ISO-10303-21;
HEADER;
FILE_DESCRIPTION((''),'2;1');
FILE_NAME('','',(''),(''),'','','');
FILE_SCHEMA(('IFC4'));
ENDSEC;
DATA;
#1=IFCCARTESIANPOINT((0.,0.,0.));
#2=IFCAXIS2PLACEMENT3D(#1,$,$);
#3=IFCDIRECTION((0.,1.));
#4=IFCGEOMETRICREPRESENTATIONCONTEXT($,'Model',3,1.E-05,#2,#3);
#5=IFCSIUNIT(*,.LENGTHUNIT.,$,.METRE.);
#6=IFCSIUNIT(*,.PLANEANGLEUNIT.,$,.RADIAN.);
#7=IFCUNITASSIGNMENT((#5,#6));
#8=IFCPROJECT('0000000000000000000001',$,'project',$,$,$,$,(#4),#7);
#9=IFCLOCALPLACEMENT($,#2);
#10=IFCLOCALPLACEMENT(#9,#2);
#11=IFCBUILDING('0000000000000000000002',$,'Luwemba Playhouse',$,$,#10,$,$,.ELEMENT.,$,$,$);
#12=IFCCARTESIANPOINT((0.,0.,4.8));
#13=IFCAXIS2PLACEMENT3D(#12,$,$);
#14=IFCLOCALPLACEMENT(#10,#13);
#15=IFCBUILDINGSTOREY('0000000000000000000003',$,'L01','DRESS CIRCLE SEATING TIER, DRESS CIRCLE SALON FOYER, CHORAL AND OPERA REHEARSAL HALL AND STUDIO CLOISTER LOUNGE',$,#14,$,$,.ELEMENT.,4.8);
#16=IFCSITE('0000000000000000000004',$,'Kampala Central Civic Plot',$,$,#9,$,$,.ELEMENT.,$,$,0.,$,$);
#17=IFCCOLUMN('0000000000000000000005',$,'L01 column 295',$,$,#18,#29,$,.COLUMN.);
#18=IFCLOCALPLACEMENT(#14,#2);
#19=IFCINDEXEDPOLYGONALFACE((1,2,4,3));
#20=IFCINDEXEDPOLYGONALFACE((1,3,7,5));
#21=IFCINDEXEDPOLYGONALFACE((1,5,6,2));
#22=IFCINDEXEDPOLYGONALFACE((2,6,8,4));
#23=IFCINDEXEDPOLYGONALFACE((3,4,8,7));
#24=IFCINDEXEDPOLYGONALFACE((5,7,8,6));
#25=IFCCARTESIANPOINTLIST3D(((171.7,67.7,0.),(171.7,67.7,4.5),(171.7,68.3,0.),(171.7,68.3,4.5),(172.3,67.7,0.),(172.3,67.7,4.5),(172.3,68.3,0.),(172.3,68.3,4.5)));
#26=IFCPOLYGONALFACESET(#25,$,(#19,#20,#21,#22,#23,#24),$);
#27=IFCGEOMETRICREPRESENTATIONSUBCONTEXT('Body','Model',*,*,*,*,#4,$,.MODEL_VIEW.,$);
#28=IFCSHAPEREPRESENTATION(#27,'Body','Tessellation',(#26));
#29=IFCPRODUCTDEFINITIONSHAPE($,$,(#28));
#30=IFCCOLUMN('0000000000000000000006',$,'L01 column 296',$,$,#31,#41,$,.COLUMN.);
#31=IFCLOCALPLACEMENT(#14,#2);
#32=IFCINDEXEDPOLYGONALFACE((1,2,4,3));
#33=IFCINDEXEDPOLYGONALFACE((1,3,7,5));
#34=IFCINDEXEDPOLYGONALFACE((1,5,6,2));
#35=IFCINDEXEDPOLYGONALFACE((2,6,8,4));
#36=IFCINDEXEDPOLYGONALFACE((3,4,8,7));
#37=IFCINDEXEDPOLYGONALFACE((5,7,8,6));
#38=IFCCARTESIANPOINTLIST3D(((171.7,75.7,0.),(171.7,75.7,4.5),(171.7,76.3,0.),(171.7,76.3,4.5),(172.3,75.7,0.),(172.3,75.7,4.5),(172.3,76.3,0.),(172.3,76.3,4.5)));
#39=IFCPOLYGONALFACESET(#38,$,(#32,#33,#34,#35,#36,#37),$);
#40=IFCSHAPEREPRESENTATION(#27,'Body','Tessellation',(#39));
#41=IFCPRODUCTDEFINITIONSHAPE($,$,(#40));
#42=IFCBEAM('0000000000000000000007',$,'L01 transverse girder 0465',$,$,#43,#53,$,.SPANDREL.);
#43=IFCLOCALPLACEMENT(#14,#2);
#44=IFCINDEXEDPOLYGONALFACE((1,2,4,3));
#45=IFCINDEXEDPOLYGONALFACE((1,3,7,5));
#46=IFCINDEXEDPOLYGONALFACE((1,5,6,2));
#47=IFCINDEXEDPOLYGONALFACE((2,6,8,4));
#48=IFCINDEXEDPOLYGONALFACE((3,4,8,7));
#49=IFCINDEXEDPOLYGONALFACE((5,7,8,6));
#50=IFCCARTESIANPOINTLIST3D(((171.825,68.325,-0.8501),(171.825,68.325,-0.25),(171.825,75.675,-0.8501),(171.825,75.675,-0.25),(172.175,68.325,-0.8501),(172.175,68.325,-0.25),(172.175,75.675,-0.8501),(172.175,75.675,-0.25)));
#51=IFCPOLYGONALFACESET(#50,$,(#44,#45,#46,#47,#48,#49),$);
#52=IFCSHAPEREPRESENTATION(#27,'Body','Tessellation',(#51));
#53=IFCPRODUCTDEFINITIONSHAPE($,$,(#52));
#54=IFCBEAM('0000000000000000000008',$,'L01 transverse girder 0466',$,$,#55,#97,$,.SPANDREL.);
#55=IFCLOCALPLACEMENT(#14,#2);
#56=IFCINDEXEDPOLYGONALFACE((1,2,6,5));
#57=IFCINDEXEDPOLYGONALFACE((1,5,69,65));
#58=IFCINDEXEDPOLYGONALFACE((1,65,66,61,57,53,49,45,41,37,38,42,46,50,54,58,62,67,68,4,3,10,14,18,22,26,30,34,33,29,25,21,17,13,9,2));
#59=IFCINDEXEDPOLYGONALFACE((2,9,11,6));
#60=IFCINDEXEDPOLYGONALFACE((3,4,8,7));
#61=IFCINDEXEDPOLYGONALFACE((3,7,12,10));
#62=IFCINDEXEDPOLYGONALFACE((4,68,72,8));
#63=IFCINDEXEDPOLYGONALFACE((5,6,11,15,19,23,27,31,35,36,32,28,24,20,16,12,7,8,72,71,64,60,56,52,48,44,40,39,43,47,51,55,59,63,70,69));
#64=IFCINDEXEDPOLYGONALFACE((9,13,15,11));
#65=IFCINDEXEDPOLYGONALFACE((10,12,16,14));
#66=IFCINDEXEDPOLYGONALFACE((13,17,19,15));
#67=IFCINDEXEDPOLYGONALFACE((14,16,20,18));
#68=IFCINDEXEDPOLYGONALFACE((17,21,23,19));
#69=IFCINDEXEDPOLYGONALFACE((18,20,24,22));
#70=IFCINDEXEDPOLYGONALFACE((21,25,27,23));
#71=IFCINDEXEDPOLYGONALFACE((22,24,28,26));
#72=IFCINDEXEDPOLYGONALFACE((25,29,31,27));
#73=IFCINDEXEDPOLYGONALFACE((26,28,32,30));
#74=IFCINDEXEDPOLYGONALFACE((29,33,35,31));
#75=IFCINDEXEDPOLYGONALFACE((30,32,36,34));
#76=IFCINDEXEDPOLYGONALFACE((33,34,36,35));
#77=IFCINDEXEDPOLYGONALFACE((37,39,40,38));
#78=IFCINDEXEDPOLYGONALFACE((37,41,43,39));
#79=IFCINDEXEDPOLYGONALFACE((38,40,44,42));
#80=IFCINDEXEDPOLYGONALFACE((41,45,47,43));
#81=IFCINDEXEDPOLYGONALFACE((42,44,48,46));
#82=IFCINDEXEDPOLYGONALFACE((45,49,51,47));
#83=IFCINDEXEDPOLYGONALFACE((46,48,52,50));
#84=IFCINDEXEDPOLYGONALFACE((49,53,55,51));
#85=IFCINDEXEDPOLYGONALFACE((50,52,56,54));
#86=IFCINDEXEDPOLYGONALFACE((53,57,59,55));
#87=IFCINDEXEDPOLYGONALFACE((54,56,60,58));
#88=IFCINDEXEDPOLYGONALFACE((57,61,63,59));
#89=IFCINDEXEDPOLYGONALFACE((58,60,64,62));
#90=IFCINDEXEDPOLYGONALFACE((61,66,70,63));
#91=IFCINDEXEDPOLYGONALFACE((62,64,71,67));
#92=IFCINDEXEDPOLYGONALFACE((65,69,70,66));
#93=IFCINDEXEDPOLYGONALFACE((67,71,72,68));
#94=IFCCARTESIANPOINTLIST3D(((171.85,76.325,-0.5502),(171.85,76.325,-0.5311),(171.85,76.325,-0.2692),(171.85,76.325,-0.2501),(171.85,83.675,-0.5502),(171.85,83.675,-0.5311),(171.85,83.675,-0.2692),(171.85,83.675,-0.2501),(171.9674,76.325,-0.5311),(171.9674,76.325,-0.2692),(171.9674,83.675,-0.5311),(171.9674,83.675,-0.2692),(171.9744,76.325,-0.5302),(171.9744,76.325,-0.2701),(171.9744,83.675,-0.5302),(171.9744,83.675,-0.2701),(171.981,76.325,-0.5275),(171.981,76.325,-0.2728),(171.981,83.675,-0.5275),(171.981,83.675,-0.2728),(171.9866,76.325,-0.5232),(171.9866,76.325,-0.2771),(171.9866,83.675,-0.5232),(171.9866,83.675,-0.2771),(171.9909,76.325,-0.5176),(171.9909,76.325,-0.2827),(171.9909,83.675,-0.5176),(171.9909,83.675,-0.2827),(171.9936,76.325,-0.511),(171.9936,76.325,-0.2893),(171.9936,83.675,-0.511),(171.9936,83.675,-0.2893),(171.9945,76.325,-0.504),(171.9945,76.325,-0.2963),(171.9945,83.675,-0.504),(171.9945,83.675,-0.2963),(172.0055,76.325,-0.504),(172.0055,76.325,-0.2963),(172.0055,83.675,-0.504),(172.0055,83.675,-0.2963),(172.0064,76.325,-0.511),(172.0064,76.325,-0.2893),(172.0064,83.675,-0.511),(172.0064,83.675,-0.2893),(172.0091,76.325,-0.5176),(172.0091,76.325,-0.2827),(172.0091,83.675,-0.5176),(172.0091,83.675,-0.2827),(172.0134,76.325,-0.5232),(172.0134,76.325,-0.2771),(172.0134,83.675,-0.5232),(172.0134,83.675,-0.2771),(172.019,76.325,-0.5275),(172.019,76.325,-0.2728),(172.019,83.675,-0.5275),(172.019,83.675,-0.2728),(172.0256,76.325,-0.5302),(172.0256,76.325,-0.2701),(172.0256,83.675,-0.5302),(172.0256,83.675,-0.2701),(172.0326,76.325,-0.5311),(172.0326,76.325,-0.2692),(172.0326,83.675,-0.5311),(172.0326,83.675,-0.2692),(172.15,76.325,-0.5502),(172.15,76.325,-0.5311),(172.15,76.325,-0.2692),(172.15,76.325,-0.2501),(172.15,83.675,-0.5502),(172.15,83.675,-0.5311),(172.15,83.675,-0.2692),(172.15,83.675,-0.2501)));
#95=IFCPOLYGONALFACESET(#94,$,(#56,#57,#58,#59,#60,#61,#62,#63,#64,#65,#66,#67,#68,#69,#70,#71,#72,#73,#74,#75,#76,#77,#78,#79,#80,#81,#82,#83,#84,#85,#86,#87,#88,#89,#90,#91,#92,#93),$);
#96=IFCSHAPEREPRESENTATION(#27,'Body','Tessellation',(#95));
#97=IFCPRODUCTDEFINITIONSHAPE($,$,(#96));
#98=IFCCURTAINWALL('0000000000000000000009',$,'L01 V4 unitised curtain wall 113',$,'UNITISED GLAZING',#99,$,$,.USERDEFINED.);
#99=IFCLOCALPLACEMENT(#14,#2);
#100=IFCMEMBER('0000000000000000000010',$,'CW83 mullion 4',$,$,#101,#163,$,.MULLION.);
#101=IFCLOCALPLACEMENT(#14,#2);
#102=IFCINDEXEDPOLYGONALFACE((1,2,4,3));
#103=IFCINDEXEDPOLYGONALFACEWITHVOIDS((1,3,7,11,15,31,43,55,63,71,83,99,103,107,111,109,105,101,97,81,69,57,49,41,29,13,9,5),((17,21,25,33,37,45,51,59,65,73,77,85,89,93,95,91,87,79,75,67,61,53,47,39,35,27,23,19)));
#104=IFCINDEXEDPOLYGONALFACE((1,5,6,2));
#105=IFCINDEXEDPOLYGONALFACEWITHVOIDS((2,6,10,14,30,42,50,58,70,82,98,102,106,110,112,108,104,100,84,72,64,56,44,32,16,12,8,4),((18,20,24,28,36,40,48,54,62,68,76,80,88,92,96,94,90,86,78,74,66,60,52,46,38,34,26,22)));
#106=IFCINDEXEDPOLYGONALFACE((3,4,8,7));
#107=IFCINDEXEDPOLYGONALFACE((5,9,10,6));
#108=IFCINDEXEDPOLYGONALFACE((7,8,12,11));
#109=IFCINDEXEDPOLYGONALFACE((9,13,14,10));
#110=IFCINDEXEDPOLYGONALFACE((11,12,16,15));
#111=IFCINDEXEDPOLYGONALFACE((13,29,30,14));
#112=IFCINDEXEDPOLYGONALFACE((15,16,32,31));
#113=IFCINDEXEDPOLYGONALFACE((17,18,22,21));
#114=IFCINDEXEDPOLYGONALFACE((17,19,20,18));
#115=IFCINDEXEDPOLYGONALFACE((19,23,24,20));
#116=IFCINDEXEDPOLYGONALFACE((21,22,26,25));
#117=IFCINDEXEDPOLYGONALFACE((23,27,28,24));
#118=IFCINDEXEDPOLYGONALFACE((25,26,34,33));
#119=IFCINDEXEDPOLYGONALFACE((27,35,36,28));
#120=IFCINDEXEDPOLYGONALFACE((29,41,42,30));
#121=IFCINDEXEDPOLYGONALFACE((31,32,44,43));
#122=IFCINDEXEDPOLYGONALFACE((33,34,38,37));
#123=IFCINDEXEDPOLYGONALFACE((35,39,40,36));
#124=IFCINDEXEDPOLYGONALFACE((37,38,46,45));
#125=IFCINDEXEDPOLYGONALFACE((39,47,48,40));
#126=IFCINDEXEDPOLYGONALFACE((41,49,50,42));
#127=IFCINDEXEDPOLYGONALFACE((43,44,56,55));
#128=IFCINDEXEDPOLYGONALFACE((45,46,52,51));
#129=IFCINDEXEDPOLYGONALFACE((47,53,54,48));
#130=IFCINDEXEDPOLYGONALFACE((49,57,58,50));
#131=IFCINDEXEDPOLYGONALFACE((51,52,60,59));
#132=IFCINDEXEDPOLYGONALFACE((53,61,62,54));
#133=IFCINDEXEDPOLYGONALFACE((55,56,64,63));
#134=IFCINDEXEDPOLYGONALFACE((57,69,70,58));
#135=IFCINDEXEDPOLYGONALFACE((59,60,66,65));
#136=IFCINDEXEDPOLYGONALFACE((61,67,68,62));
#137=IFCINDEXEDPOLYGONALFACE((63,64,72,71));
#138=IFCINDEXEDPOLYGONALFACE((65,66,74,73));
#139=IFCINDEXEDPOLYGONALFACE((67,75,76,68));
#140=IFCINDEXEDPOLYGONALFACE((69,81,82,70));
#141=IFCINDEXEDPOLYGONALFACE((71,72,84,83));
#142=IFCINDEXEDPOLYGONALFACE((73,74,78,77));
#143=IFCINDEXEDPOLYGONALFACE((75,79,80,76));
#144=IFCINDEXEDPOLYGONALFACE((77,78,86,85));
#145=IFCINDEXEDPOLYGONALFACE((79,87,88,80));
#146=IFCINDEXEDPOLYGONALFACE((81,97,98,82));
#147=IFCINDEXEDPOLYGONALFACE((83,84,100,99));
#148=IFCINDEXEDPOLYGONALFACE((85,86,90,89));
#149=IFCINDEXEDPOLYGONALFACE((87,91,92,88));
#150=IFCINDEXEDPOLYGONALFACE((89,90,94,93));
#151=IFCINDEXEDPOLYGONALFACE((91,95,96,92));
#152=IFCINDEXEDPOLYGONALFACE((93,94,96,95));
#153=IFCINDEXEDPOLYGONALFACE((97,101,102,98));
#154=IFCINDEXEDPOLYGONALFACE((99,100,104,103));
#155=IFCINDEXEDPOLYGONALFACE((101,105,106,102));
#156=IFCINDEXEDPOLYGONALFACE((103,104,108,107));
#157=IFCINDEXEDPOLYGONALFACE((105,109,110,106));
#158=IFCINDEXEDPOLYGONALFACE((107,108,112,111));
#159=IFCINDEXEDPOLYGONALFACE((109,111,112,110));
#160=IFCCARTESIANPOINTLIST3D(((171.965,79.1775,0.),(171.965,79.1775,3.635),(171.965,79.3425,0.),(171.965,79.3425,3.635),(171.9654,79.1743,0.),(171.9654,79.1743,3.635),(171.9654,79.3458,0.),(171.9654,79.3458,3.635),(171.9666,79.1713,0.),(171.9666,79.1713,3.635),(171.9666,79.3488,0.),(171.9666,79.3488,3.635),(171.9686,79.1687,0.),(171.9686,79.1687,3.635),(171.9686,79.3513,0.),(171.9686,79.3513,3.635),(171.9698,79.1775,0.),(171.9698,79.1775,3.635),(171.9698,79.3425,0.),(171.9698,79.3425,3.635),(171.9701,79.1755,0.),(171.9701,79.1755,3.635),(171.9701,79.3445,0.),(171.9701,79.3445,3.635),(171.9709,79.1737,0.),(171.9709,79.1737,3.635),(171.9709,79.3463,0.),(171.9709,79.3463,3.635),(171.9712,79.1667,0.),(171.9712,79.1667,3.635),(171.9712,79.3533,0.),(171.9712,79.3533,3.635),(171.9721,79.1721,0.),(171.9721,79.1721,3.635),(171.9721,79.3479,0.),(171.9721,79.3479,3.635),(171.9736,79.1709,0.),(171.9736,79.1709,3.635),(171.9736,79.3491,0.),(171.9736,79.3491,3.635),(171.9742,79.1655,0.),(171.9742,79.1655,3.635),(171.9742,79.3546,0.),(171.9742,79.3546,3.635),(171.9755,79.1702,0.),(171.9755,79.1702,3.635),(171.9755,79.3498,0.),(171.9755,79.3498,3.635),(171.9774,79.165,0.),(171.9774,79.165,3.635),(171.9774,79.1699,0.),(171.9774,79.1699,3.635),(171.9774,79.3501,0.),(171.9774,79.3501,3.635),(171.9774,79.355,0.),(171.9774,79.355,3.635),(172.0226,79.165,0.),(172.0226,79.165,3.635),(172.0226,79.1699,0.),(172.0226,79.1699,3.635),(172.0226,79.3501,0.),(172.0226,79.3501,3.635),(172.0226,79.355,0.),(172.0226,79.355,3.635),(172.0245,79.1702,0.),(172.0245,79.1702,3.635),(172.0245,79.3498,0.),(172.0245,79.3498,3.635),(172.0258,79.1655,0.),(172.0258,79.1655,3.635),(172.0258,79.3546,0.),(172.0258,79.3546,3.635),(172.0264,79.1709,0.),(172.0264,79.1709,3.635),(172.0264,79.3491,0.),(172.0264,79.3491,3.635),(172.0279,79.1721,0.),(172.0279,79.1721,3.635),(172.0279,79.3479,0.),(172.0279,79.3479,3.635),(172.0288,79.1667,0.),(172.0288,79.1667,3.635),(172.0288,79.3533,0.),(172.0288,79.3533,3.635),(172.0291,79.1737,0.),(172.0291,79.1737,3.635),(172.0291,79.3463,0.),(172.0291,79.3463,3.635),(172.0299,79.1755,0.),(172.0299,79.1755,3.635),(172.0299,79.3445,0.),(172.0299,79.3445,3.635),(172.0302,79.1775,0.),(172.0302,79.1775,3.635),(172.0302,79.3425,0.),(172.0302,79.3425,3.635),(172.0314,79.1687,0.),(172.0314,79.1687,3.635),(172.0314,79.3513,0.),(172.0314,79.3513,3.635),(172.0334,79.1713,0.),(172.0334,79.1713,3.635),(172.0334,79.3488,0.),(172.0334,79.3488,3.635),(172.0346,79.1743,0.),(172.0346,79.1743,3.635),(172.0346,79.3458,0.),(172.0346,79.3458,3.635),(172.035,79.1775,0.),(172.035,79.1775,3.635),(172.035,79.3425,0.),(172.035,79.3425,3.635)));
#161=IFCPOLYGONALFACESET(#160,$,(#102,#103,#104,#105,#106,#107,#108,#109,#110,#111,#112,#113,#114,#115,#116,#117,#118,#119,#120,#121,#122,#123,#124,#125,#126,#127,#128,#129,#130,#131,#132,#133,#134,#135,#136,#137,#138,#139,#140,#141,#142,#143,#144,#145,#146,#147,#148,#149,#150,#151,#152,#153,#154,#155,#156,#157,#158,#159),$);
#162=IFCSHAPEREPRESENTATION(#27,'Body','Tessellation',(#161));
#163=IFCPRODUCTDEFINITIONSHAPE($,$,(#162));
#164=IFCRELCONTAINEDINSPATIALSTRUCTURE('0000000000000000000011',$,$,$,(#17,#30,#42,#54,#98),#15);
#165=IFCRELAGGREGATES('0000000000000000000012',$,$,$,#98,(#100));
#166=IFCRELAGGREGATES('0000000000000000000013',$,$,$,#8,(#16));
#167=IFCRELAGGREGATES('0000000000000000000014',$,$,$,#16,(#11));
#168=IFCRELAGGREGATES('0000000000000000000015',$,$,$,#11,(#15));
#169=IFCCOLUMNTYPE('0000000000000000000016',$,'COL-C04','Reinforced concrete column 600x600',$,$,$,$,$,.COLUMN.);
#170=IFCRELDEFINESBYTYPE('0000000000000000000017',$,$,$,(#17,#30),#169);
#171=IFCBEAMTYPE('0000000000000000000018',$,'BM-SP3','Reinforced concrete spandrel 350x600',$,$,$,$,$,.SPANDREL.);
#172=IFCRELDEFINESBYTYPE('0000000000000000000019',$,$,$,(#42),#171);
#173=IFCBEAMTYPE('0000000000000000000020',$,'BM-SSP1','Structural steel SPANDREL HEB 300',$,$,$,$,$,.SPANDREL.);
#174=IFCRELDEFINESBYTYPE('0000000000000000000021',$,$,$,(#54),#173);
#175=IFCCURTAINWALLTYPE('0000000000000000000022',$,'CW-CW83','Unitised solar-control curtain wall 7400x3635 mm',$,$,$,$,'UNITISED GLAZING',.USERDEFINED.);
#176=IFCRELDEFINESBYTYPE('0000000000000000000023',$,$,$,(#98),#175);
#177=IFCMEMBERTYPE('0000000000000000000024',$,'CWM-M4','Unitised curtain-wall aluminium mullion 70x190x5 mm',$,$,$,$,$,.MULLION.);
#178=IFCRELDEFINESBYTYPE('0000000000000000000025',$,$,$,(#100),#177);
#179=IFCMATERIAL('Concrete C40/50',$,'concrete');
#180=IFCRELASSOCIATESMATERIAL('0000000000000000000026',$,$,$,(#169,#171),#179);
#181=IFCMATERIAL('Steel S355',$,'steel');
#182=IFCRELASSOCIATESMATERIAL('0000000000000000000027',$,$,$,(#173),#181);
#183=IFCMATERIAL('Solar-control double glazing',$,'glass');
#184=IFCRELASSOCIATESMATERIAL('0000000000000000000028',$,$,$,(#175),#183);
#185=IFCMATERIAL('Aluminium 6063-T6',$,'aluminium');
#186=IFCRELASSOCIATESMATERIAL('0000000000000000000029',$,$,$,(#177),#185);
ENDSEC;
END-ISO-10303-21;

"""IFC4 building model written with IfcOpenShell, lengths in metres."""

from ifc_helpers import new_model, si_unit, direction, frame, origin, origin_2d, place, context, subcontext, project, spatial, rectangle, hollow_rectangle, i_section, extrude, material, material_profile, profile_set, type_object, element, aggregate, save


model = new_model("IFC4")

# Units and contexts
model_context = context("Model", 3, precision=1e-05, world=origin(), true_north=direction((0.0, 1.0)))
body_context = subcontext(model_context, "Body", "Model", "MODEL_VIEW")
ifc_project = project(units=[si_unit("LENGTHUNIT", "METRE"), si_unit("PLANEANGLEUNIT", "RADIAN")], contexts=[model_context])

# Site, building, storey
site_placement = place(None, origin())
site = spatial("IfcSite", under=ifc_project, at=site_placement, Name="Kampala Central Civic Plot", CompositionType="ELEMENT", RefElevation=0.0)
building_placement = place(site_placement, origin())
building = spatial("IfcBuilding", under=site, at=building_placement, Name="Luwemba Playhouse", CompositionType="ELEMENT")
storey_placement = place(building_placement, frame((0.0, 0.0, 4.8)))
storey = spatial("IfcBuildingStorey", under=building, at=storey_placement, Name="L01", Description="DRESS CIRCLE SEATING TIER, DRESS CIRCLE SALON FOYER, CHORAL AND OPERA REHEARSAL HALL AND STUDIO CLOISTER LOUNGE", CompositionType="ELEMENT", Elevation=4.8)

# Columns
ifc_material_1 = material(Name="Concrete C40/50", Category="concrete")
ifc_material_profile_1 = material_profile(ifc_material_1, rectangle(XDim=0.6001, YDim=0.6001, at=origin_2d()))
ifc_profile_set_1 = profile_set([ifc_material_profile_1], Name="Concrete C40/50")
column_type = type_object("IfcColumnType", Name="COL-C04", Description="Reinforced concrete column 600x600", PredefinedType="COLUMN", material=ifc_profile_set_1)
for number, where, z_axis, x_axis, name in (
    (1, (172.0, 68.0, 0.0), (0.0, 0.0, 1.0), (1.0, 0.0, 0.0), "L01 column 295"),
    (2, (172.0, 76.0, 0.0), (0.0, 0.0, 1.0), (1.0, 0.0, 0.0), "L01 column 296"),
):
    element("IfcColumn", number, at=place(storey_placement, frame(where, z_axis=z_axis, x_axis=x_axis)), inside=storey, type_object=column_type, Name=name, PredefinedType="COLUMN", context=body_context, shape_type="SweptSolid", body=[
        extrude(rectangle(XDim=0.6001, YDim=0.6001, at=origin_2d()), origin(), (0.0, 0.0, 1.0), 4.5),
    ])

# Beams
ifc_material_profile_2 = material_profile(ifc_material_1, rectangle(XDim=0.3501, YDim=0.6001, at=origin_2d()))
ifc_profile_set_2 = profile_set([ifc_material_profile_2], Name="Concrete C40/50")
beam_type_1 = type_object("IfcBeamType", Name="BM-SP3", Description="Reinforced concrete spandrel 350x600", PredefinedType="SPANDREL", material=ifc_profile_set_2)
beam_1_placement = place(storey_placement, frame((172.0, 68.325, -0.55), z_axis=(0.0, 1.0, 0.0), x_axis=(-1.0, 0.0, 0.0)))
element("IfcBeam", 3, at=beam_1_placement, inside=storey, type_object=beam_type_1, Name="L01 transverse girder 0465", PredefinedType="SPANDREL", context=body_context, shape_type="SweptSolid", body=[
    extrude(rectangle(XDim=0.3501, YDim=0.6001, at=origin_2d()), origin(), (0.0, 0.0, 1.0), 7.3501),
])
ifc_material_2 = material(Name="Steel S355", Category="steel")
ifc_material_profile_3 = material_profile(ifc_material_2, i_section(OverallWidth=0.3, OverallDepth=0.3, WebThickness=0.011, FlangeThickness=0.019, FilletRadius=0.0271, at=origin_2d()))
ifc_profile_set_3 = profile_set([ifc_material_profile_3], Name="Steel S355")
beam_type_2 = type_object("IfcBeamType", Name="BM-SSP1", Description="Structural steel SPANDREL HEB 300", PredefinedType="SPANDREL", material=ifc_profile_set_3)
beam_2_placement = place(storey_placement, frame((172.0, 76.325, -0.4001), z_axis=(0.0, 1.0, 0.0), x_axis=(-1.0, 0.0, 0.0)))
element("IfcBeam", 4, at=beam_2_placement, inside=storey, type_object=beam_type_2, Name="L01 transverse girder 0466", PredefinedType="SPANDREL", context=body_context, shape_type="SweptSolid", body=[
    extrude(i_section(OverallWidth=0.3, OverallDepth=0.3, WebThickness=0.011, FlangeThickness=0.019, FilletRadius=0.0271, at=origin_2d()), origin(), (0.0, 0.0, 1.0), 7.3501),
])

# Curtain wall, member
ifc_material_3 = material(Name="Solar-control double glazing", Category="glass")
curtain_wall_type = type_object("IfcCurtainWallType", Name="CW-CW83", Description="Unitised solar-control curtain wall 7400x3635 mm", ElementType="UNITISED GLAZING", PredefinedType="USERDEFINED", material=ifc_material_3)
curtain_wall_placement = place(storey_placement, origin())
curtain_wall = element("IfcCurtainWall", 5, at=curtain_wall_placement, inside=storey, type_object=curtain_wall_type, Name="L01 V4 unitised curtain wall 113", ObjectType="UNITISED GLAZING", PredefinedType="USERDEFINED")
ifc_material_4 = material(Name="Aluminium 6063-T6", Category="aluminium")
ifc_material_profile_4 = material_profile(ifc_material_4, hollow_rectangle(XDim=0.0701, YDim=0.1899, WallThickness=0.0049, InnerFilletRadius=0.0076, OuterFilletRadius=0.0125, at=origin_2d()))
ifc_profile_set_4 = profile_set([ifc_material_profile_4], Name="Aluminium 6063-T6")
member_type_1 = type_object("IfcMemberType", Name="CWM-M4", Description="Unitised curtain-wall aluminium mullion 70x190x5 mm", PredefinedType="MULLION", material=ifc_profile_set_4)
member_1_placement = place(storey_placement, frame((172.0, 79.26, 0.0), z_axis=(0.0, 0.0, 1.0), x_axis=(1.0, 0.0, 0.0)))
member_1 = element("IfcMember", 6, at=member_1_placement, type_object=member_type_1, Name="CW83 mullion 4", PredefinedType="MULLION", context=body_context, shape_type="SweptSolid", body=[
    extrude(hollow_rectangle(XDim=0.0701, YDim=0.1899, WallThickness=0.0049, InnerFilletRadius=0.0076, OuterFilletRadius=0.0125, at=origin_2d()), origin(), (0.0, 0.0, 1.0), 3.635),
])
aggregate(curtain_wall, [member_1])

save(model, "model.ifc")
